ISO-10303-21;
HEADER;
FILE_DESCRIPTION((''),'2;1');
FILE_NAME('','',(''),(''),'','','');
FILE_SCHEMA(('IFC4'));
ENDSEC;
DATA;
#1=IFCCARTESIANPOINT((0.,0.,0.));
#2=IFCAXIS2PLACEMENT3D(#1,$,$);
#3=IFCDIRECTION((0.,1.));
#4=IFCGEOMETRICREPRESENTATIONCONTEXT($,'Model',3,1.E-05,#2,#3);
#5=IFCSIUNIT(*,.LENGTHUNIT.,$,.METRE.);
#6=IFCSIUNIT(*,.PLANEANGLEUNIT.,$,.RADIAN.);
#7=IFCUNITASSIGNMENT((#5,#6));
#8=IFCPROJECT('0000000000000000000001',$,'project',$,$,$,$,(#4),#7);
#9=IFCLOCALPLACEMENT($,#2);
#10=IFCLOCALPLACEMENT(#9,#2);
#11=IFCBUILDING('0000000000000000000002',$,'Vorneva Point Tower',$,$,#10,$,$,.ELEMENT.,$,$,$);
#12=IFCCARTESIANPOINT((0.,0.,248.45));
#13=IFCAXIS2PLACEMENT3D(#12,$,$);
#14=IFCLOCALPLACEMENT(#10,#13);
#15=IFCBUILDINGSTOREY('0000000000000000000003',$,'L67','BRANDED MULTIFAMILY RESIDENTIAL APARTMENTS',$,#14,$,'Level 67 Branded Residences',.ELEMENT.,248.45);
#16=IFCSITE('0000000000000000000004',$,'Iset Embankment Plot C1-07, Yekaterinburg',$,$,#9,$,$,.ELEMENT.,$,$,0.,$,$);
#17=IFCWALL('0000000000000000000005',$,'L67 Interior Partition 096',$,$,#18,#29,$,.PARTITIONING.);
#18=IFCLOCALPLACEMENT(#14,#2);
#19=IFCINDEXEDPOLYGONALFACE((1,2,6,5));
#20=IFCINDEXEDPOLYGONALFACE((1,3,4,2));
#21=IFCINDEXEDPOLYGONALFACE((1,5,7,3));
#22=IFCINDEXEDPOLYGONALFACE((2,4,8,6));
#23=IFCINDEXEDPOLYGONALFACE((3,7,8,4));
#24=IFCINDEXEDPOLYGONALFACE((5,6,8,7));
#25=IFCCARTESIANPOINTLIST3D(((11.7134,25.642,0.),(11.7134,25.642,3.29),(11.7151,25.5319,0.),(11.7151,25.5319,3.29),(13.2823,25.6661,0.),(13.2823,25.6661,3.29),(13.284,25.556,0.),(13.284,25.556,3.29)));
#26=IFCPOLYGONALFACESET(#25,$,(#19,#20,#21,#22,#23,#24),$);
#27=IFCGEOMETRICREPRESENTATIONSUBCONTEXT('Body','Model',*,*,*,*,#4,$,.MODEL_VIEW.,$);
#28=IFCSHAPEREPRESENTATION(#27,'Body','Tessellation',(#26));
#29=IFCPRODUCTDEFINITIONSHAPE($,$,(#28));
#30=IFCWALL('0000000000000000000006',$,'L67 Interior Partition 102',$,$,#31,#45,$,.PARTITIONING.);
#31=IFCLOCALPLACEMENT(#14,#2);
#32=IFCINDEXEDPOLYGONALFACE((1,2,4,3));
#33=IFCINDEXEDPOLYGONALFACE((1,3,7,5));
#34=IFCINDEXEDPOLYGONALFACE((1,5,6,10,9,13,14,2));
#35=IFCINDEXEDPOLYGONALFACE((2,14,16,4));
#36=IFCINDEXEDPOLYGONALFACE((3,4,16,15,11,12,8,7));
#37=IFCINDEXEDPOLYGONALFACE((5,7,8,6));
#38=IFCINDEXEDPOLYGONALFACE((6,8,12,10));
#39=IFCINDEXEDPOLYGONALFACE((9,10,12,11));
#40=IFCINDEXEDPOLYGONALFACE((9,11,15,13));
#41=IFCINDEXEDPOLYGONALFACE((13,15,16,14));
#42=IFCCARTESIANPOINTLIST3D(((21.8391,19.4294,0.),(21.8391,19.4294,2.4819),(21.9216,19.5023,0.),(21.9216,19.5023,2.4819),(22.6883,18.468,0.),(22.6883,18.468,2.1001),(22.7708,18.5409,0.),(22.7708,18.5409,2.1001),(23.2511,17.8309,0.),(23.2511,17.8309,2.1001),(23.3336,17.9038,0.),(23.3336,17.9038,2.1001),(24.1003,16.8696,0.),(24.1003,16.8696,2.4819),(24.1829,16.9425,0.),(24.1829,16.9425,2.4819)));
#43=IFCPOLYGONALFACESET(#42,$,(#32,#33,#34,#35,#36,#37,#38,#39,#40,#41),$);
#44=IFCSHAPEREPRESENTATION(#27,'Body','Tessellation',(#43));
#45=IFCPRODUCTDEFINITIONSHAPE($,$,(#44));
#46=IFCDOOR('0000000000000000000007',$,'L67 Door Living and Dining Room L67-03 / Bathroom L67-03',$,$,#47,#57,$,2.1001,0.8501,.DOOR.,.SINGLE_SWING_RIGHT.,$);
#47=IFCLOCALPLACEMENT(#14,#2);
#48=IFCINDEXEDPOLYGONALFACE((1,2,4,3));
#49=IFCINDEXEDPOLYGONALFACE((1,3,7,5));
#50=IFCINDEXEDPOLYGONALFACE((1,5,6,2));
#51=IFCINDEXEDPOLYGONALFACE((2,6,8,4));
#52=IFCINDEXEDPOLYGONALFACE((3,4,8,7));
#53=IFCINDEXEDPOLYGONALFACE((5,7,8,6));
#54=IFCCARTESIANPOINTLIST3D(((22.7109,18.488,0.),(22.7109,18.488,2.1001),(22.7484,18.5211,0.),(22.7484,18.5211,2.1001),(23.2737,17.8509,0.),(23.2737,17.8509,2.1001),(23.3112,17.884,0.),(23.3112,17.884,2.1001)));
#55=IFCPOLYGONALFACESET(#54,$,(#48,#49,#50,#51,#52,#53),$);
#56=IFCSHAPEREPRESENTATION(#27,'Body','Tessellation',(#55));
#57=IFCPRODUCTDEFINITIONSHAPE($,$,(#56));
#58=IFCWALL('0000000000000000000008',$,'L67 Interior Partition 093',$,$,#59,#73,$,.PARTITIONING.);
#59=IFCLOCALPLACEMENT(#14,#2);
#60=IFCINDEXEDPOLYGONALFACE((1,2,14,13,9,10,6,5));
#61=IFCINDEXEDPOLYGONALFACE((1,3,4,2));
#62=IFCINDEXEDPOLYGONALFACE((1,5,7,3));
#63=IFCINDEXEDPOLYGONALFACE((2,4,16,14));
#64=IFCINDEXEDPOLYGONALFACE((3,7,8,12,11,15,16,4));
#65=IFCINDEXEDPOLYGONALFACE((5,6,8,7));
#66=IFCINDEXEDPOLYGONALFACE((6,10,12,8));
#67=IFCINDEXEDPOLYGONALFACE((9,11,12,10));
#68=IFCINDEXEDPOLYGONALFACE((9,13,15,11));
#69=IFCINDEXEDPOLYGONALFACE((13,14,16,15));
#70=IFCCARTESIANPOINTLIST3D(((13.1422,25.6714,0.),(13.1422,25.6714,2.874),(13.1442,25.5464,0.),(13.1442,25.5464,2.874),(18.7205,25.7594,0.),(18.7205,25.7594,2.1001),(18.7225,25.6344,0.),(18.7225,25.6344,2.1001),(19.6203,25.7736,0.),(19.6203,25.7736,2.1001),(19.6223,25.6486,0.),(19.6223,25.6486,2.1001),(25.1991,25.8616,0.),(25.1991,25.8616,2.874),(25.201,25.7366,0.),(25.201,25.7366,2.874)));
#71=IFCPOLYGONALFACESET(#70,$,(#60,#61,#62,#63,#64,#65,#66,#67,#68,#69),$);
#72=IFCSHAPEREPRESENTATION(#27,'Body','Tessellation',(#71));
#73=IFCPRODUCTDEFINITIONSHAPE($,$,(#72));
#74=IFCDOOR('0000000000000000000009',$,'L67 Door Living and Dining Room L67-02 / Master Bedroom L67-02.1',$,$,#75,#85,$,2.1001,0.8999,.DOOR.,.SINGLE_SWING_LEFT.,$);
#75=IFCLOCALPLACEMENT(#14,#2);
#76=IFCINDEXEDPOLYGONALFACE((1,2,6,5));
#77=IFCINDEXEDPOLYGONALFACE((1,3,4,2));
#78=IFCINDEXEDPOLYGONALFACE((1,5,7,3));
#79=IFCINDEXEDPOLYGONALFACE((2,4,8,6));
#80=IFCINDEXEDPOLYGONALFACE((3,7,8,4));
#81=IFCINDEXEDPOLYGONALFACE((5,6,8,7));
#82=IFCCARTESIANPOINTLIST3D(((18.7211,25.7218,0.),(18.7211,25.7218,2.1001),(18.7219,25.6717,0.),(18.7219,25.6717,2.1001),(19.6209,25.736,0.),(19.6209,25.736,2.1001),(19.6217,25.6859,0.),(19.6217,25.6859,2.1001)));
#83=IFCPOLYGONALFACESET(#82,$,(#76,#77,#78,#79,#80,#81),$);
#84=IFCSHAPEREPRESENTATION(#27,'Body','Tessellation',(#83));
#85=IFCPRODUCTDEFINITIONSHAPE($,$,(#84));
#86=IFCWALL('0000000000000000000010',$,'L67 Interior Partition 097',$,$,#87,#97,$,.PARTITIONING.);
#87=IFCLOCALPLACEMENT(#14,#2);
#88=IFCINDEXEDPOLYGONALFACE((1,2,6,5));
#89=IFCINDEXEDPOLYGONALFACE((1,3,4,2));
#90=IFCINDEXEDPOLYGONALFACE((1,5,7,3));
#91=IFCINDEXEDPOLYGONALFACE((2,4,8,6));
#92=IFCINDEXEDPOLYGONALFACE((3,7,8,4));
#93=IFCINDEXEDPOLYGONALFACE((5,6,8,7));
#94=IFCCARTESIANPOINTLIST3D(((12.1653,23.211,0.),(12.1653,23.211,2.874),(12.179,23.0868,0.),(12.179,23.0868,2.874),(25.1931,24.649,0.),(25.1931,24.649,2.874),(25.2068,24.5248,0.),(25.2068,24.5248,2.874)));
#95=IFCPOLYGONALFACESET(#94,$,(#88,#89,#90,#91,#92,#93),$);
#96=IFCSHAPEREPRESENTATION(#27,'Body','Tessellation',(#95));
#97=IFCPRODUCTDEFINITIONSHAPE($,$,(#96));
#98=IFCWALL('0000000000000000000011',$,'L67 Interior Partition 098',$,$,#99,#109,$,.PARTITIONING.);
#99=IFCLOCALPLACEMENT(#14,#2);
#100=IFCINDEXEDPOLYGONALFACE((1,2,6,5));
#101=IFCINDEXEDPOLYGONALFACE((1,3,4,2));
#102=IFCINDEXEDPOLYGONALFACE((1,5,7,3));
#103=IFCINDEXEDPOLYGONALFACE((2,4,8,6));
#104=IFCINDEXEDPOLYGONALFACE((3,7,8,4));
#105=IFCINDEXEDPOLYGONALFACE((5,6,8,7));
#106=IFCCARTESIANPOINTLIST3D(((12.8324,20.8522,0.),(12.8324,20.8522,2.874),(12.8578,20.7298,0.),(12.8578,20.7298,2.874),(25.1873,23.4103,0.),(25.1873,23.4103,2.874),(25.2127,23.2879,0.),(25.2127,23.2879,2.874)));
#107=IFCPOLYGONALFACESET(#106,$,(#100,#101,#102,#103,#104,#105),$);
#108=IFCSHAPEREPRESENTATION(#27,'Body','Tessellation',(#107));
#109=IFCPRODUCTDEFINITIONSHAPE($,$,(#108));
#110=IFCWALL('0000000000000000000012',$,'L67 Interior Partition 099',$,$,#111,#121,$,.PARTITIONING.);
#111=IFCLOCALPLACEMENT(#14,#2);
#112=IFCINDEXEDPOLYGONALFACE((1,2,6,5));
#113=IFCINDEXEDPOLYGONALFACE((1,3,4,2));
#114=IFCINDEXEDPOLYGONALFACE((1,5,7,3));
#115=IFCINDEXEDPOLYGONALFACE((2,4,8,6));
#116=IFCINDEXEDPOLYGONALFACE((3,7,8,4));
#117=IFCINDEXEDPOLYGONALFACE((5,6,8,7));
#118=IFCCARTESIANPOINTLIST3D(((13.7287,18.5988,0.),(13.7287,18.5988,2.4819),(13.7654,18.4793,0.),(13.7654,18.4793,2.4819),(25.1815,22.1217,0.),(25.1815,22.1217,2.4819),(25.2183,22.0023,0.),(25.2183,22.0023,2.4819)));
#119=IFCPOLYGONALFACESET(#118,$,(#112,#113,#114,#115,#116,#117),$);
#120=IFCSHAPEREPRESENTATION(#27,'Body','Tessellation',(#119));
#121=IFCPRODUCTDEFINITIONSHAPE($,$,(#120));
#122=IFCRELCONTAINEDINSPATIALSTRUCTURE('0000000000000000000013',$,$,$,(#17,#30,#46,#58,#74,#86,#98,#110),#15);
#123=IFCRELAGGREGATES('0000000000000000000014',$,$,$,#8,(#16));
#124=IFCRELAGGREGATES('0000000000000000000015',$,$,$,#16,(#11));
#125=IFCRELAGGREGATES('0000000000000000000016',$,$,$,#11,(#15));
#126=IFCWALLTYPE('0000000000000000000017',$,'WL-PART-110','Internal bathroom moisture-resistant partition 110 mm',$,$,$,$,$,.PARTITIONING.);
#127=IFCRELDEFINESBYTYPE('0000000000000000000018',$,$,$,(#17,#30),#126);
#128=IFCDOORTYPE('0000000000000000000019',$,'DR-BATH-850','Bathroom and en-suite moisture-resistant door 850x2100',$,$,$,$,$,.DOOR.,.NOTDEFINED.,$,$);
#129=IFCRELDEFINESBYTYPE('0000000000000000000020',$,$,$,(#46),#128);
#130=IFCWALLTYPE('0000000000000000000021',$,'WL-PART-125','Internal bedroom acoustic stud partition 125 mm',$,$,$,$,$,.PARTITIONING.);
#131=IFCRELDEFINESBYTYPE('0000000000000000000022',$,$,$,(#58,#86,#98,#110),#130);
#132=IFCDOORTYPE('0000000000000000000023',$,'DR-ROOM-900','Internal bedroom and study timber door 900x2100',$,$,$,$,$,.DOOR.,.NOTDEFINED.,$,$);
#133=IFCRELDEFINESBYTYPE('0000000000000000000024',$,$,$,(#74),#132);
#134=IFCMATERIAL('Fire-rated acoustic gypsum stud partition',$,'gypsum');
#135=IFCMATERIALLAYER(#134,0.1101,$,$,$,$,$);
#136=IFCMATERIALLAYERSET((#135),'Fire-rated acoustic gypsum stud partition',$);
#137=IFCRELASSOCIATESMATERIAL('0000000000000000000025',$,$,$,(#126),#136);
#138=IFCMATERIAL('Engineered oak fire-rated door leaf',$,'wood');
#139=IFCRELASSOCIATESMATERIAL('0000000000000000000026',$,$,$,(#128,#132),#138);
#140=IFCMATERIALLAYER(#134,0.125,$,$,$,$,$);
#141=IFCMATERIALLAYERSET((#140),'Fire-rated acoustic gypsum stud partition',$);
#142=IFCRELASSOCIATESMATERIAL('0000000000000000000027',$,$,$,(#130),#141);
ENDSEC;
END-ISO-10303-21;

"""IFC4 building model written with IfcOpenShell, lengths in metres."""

from ifc_helpers import new_model, si_unit, direction, frame, frame_2d, origin, place, context, subcontext, project, spatial, rectangle, extrude, material, layer, layer_set, type_object, element, fill, save


model = new_model("IFC4")

# Units and contexts
model_context = context("Model", 3, precision=1e-05, world=origin(), true_north=direction((0.0, 1.0)))
body_context = subcontext(model_context, "Body", "Model", "MODEL_VIEW")
ifc_project = project(units=[si_unit("LENGTHUNIT", "METRE"), si_unit("PLANEANGLEUNIT", "RADIAN")], contexts=[model_context])

# Site, building, storey
site_placement = place(None, origin())
site = spatial("IfcSite", under=ifc_project, at=site_placement, Name="Iset Embankment Plot C1-07, Yekaterinburg", CompositionType="ELEMENT", RefElevation=0.0)
building_placement = place(site_placement, origin())
building = spatial("IfcBuilding", under=site, at=building_placement, Name="Vorneva Point Tower", CompositionType="ELEMENT")
storey_placement = place(building_placement, frame((0.0, 0.0, 248.45)))
storey = spatial("IfcBuildingStorey", under=building, at=storey_placement, Name="L67", Description="BRANDED MULTIFAMILY RESIDENTIAL APARTMENTS", LongName="Level 67 Branded Residences", CompositionType="ELEMENT", Elevation=248.45)

# Wall
ifc_material_1 = material(Name="Fire-rated acoustic gypsum stud partition", Category="gypsum")
ifc_layer_1 = layer(ifc_material_1, 0.1101)
ifc_layer_set_1 = layer_set([ifc_layer_1], Name="Fire-rated acoustic gypsum stud partition")
wall_type_1 = type_object("IfcWallType", Name="WL-PART-110", Description="Internal bathroom moisture-resistant partition 110 mm", PredefinedType="PARTITIONING", material=ifc_layer_set_1)
wall_1_placement = place(storey_placement, frame((11.7141, 25.5869, 0.0), z_axis=(0.0, 0.0, 1.0), x_axis=(0.999881, 0.015404, 0.0)))
element("IfcWall", 1, at=wall_1_placement, inside=storey, type_object=wall_type_1, Name="L67 Interior Partition 096", PredefinedType="PARTITIONING", context=body_context, shape_type="SweptSolid", body=[
    extrude(rectangle(XDim=1.5691, YDim=0.1101, at=frame_2d((0.7847, 0.0))), origin(), (0.0, 0.0, 1.0), 3.29),
])

# Walls, openings, doors
wall_2_placement = place(storey_placement, frame((24.1416, 16.906, 0.0), z_axis=(0.0, 0.0, 1.0), x_axis=(-0.662045, 0.749464, 0.0)))
wall_2 = element("IfcWall", 2, at=wall_2_placement, inside=storey, type_object=wall_type_1, Name="L67 Interior Partition 102", PredefinedType="PARTITIONING", context=body_context, shape_type="SweptSolid", body=[
    extrude(rectangle(XDim=3.4155, YDim=0.1101, at=frame_2d((1.7078, 0.0))), origin(), (0.0, 0.0, 1.0), 2.4819),
])
opening_1_placement = place(wall_2_placement, frame((1.2827, 0.0, 0.0)))
opening_1 = element("IfcOpeningElement", 3, at=opening_1_placement, cuts=wall_2, PredefinedType="OPENING", context=body_context, shape_type="SweptSolid", body=[
    extrude(rectangle(XDim=0.8501, YDim=2.1001, at=frame_2d((0.425, 1.05))), frame((0.0, 0.0698, 0.0), z_axis=(0.0, -1.0, 0.0), x_axis=(1.0, 0.0, 0.0)), (0.0, 0.0, 1.0), 0.1399),
])
ifc_material_2 = material(Name="Engineered oak fire-rated door leaf", Category="wood")
door_type_1 = type_object("IfcDoorType", Name="DR-BATH-850", Description="Bathroom and en-suite moisture-resistant door 850x2100", OperationType="NOTDEFINED", PredefinedType="DOOR", material=ifc_material_2)
door_1_placement = place(opening_1_placement, origin())
door_1 = element("IfcDoor", 4, at=door_1_placement, inside=storey, type_object=door_type_1, Name="L67 Door Living and Dining Room L67-03 / Bathroom L67-03", OperationType="SINGLE_SWING_RIGHT", OverallHeight=2.1001, OverallWidth=0.8501, PredefinedType="DOOR", context=body_context, shape_type="SweptSolid", body=[
    extrude(rectangle(XDim=0.8501, YDim=2.1001, at=frame_2d((0.425, 1.05))), frame((0.0, 0.0249, 0.0), z_axis=(0.0, -1.0, 0.0), x_axis=(1.0, 0.0, 0.0)), (0.0, 0.0, 1.0), 0.05),
])
fill(opening_1, door_1)
ifc_layer_2 = layer(ifc_material_1, 0.125)
ifc_layer_set_2 = layer_set([ifc_layer_2], Name="Fire-rated acoustic gypsum stud partition")
wall_type_2 = type_object("IfcWallType", Name="WL-PART-125", Description="Internal bedroom acoustic stud partition 125 mm", PredefinedType="PARTITIONING", material=ifc_layer_set_2)
wall_3_placement = place(storey_placement, frame((13.1431, 25.6089, 0.0), z_axis=(0.0, 0.0, 1.0), x_axis=(0.999876, 0.015772, 0.0)))
wall_3 = element("IfcWall", 5, at=wall_3_placement, inside=storey, type_object=wall_type_2, Name="L67 Interior Partition 093", PredefinedType="PARTITIONING", context=body_context, shape_type="SweptSolid", body=[
    extrude(rectangle(XDim=12.0583, YDim=0.125, at=frame_2d((6.0293, 0.0))), origin(), (0.0, 0.0, 1.0), 2.874),
])
opening_2_placement = place(wall_3_placement, frame((5.5791, 0.0, 0.0)))
opening_2 = element("IfcOpeningElement", 6, at=opening_2_placement, cuts=wall_3, PredefinedType="OPENING", context=body_context, shape_type="SweptSolid", body=[
    extrude(rectangle(XDim=0.8999, YDim=2.1001, at=frame_2d((0.45, 1.05))), frame((0.0, 0.0774, 0.0), z_axis=(0.0, -1.0, 0.0), x_axis=(1.0, 0.0, 0.0)), (0.0, 0.0, 1.0), 0.1548),
])
door_type_2 = type_object("IfcDoorType", Name="DR-ROOM-900", Description="Internal bedroom and study timber door 900x2100", OperationType="NOTDEFINED", PredefinedType="DOOR", material=ifc_material_2)
door_2_placement = place(opening_2_placement, origin())
door_2 = element("IfcDoor", 7, at=door_2_placement, inside=storey, type_object=door_type_2, Name="L67 Door Living and Dining Room L67-02 / Master Bedroom L67-02.1", OperationType="SINGLE_SWING_LEFT", OverallHeight=2.1001, OverallWidth=0.8999, PredefinedType="DOOR", context=body_context, shape_type="SweptSolid", body=[
    extrude(rectangle(XDim=0.8999, YDim=2.1001, at=frame_2d((0.45, 1.05))), frame((0.0, 0.0249, 0.0), z_axis=(0.0, -1.0, 0.0), x_axis=(1.0, 0.0, 0.0)), (0.0, 0.0, 1.0), 0.05),
])
fill(opening_2, door_2)

# Walls
wall_4_placement = place(storey_placement, frame((12.1721, 23.1489, 0.0), z_axis=(0.0, 0.0, 1.0), x_axis=(0.993963, 0.109712, 0.0)))
element("IfcWall", 8, at=wall_4_placement, inside=storey, type_object=wall_type_2, Name="L67 Interior Partition 097", PredefinedType="PARTITIONING", context=body_context, shape_type="SweptSolid", body=[
    extrude(rectangle(XDim=13.1069, YDim=0.125, at=frame_2d((6.5535, 0.0))), origin(), (0.0, 0.0, 1.0), 2.874),
])
wall_5_placement = place(storey_placement, frame((12.845, 20.791, 0.0), z_axis=(0.0, 0.0, 1.0), x_axis=(0.97923, 0.20275, 0.0)))
element("IfcWall", 9, at=wall_5_placement, inside=storey, type_object=wall_type_2, Name="L67 Interior Partition 098", PredefinedType="PARTITIONING", context=body_context, shape_type="SweptSolid", body=[
    extrude(rectangle(XDim=12.6169, YDim=0.125, at=frame_2d((6.3086, 0.0))), origin(), (0.0, 0.0, 1.0), 2.874),
])
wall_6_placement = place(storey_placement, frame((13.7471, 18.5391, 0.0), z_axis=(0.0, 0.0, 1.0), x_axis=(0.955803, 0.294009, 0.0)))
element("IfcWall", 10, at=wall_6_placement, inside=storey, type_object=wall_type_2, Name="L67 Interior Partition 099", PredefinedType="PARTITIONING", context=body_context, shape_type="SweptSolid", body=[
    extrude(rectangle(XDim=11.9824, YDim=0.125, at=frame_2d((5.9912, 0.0))), origin(), (0.0, 0.0, 1.0), 2.4819),
])

save(model, "model.ifc")
